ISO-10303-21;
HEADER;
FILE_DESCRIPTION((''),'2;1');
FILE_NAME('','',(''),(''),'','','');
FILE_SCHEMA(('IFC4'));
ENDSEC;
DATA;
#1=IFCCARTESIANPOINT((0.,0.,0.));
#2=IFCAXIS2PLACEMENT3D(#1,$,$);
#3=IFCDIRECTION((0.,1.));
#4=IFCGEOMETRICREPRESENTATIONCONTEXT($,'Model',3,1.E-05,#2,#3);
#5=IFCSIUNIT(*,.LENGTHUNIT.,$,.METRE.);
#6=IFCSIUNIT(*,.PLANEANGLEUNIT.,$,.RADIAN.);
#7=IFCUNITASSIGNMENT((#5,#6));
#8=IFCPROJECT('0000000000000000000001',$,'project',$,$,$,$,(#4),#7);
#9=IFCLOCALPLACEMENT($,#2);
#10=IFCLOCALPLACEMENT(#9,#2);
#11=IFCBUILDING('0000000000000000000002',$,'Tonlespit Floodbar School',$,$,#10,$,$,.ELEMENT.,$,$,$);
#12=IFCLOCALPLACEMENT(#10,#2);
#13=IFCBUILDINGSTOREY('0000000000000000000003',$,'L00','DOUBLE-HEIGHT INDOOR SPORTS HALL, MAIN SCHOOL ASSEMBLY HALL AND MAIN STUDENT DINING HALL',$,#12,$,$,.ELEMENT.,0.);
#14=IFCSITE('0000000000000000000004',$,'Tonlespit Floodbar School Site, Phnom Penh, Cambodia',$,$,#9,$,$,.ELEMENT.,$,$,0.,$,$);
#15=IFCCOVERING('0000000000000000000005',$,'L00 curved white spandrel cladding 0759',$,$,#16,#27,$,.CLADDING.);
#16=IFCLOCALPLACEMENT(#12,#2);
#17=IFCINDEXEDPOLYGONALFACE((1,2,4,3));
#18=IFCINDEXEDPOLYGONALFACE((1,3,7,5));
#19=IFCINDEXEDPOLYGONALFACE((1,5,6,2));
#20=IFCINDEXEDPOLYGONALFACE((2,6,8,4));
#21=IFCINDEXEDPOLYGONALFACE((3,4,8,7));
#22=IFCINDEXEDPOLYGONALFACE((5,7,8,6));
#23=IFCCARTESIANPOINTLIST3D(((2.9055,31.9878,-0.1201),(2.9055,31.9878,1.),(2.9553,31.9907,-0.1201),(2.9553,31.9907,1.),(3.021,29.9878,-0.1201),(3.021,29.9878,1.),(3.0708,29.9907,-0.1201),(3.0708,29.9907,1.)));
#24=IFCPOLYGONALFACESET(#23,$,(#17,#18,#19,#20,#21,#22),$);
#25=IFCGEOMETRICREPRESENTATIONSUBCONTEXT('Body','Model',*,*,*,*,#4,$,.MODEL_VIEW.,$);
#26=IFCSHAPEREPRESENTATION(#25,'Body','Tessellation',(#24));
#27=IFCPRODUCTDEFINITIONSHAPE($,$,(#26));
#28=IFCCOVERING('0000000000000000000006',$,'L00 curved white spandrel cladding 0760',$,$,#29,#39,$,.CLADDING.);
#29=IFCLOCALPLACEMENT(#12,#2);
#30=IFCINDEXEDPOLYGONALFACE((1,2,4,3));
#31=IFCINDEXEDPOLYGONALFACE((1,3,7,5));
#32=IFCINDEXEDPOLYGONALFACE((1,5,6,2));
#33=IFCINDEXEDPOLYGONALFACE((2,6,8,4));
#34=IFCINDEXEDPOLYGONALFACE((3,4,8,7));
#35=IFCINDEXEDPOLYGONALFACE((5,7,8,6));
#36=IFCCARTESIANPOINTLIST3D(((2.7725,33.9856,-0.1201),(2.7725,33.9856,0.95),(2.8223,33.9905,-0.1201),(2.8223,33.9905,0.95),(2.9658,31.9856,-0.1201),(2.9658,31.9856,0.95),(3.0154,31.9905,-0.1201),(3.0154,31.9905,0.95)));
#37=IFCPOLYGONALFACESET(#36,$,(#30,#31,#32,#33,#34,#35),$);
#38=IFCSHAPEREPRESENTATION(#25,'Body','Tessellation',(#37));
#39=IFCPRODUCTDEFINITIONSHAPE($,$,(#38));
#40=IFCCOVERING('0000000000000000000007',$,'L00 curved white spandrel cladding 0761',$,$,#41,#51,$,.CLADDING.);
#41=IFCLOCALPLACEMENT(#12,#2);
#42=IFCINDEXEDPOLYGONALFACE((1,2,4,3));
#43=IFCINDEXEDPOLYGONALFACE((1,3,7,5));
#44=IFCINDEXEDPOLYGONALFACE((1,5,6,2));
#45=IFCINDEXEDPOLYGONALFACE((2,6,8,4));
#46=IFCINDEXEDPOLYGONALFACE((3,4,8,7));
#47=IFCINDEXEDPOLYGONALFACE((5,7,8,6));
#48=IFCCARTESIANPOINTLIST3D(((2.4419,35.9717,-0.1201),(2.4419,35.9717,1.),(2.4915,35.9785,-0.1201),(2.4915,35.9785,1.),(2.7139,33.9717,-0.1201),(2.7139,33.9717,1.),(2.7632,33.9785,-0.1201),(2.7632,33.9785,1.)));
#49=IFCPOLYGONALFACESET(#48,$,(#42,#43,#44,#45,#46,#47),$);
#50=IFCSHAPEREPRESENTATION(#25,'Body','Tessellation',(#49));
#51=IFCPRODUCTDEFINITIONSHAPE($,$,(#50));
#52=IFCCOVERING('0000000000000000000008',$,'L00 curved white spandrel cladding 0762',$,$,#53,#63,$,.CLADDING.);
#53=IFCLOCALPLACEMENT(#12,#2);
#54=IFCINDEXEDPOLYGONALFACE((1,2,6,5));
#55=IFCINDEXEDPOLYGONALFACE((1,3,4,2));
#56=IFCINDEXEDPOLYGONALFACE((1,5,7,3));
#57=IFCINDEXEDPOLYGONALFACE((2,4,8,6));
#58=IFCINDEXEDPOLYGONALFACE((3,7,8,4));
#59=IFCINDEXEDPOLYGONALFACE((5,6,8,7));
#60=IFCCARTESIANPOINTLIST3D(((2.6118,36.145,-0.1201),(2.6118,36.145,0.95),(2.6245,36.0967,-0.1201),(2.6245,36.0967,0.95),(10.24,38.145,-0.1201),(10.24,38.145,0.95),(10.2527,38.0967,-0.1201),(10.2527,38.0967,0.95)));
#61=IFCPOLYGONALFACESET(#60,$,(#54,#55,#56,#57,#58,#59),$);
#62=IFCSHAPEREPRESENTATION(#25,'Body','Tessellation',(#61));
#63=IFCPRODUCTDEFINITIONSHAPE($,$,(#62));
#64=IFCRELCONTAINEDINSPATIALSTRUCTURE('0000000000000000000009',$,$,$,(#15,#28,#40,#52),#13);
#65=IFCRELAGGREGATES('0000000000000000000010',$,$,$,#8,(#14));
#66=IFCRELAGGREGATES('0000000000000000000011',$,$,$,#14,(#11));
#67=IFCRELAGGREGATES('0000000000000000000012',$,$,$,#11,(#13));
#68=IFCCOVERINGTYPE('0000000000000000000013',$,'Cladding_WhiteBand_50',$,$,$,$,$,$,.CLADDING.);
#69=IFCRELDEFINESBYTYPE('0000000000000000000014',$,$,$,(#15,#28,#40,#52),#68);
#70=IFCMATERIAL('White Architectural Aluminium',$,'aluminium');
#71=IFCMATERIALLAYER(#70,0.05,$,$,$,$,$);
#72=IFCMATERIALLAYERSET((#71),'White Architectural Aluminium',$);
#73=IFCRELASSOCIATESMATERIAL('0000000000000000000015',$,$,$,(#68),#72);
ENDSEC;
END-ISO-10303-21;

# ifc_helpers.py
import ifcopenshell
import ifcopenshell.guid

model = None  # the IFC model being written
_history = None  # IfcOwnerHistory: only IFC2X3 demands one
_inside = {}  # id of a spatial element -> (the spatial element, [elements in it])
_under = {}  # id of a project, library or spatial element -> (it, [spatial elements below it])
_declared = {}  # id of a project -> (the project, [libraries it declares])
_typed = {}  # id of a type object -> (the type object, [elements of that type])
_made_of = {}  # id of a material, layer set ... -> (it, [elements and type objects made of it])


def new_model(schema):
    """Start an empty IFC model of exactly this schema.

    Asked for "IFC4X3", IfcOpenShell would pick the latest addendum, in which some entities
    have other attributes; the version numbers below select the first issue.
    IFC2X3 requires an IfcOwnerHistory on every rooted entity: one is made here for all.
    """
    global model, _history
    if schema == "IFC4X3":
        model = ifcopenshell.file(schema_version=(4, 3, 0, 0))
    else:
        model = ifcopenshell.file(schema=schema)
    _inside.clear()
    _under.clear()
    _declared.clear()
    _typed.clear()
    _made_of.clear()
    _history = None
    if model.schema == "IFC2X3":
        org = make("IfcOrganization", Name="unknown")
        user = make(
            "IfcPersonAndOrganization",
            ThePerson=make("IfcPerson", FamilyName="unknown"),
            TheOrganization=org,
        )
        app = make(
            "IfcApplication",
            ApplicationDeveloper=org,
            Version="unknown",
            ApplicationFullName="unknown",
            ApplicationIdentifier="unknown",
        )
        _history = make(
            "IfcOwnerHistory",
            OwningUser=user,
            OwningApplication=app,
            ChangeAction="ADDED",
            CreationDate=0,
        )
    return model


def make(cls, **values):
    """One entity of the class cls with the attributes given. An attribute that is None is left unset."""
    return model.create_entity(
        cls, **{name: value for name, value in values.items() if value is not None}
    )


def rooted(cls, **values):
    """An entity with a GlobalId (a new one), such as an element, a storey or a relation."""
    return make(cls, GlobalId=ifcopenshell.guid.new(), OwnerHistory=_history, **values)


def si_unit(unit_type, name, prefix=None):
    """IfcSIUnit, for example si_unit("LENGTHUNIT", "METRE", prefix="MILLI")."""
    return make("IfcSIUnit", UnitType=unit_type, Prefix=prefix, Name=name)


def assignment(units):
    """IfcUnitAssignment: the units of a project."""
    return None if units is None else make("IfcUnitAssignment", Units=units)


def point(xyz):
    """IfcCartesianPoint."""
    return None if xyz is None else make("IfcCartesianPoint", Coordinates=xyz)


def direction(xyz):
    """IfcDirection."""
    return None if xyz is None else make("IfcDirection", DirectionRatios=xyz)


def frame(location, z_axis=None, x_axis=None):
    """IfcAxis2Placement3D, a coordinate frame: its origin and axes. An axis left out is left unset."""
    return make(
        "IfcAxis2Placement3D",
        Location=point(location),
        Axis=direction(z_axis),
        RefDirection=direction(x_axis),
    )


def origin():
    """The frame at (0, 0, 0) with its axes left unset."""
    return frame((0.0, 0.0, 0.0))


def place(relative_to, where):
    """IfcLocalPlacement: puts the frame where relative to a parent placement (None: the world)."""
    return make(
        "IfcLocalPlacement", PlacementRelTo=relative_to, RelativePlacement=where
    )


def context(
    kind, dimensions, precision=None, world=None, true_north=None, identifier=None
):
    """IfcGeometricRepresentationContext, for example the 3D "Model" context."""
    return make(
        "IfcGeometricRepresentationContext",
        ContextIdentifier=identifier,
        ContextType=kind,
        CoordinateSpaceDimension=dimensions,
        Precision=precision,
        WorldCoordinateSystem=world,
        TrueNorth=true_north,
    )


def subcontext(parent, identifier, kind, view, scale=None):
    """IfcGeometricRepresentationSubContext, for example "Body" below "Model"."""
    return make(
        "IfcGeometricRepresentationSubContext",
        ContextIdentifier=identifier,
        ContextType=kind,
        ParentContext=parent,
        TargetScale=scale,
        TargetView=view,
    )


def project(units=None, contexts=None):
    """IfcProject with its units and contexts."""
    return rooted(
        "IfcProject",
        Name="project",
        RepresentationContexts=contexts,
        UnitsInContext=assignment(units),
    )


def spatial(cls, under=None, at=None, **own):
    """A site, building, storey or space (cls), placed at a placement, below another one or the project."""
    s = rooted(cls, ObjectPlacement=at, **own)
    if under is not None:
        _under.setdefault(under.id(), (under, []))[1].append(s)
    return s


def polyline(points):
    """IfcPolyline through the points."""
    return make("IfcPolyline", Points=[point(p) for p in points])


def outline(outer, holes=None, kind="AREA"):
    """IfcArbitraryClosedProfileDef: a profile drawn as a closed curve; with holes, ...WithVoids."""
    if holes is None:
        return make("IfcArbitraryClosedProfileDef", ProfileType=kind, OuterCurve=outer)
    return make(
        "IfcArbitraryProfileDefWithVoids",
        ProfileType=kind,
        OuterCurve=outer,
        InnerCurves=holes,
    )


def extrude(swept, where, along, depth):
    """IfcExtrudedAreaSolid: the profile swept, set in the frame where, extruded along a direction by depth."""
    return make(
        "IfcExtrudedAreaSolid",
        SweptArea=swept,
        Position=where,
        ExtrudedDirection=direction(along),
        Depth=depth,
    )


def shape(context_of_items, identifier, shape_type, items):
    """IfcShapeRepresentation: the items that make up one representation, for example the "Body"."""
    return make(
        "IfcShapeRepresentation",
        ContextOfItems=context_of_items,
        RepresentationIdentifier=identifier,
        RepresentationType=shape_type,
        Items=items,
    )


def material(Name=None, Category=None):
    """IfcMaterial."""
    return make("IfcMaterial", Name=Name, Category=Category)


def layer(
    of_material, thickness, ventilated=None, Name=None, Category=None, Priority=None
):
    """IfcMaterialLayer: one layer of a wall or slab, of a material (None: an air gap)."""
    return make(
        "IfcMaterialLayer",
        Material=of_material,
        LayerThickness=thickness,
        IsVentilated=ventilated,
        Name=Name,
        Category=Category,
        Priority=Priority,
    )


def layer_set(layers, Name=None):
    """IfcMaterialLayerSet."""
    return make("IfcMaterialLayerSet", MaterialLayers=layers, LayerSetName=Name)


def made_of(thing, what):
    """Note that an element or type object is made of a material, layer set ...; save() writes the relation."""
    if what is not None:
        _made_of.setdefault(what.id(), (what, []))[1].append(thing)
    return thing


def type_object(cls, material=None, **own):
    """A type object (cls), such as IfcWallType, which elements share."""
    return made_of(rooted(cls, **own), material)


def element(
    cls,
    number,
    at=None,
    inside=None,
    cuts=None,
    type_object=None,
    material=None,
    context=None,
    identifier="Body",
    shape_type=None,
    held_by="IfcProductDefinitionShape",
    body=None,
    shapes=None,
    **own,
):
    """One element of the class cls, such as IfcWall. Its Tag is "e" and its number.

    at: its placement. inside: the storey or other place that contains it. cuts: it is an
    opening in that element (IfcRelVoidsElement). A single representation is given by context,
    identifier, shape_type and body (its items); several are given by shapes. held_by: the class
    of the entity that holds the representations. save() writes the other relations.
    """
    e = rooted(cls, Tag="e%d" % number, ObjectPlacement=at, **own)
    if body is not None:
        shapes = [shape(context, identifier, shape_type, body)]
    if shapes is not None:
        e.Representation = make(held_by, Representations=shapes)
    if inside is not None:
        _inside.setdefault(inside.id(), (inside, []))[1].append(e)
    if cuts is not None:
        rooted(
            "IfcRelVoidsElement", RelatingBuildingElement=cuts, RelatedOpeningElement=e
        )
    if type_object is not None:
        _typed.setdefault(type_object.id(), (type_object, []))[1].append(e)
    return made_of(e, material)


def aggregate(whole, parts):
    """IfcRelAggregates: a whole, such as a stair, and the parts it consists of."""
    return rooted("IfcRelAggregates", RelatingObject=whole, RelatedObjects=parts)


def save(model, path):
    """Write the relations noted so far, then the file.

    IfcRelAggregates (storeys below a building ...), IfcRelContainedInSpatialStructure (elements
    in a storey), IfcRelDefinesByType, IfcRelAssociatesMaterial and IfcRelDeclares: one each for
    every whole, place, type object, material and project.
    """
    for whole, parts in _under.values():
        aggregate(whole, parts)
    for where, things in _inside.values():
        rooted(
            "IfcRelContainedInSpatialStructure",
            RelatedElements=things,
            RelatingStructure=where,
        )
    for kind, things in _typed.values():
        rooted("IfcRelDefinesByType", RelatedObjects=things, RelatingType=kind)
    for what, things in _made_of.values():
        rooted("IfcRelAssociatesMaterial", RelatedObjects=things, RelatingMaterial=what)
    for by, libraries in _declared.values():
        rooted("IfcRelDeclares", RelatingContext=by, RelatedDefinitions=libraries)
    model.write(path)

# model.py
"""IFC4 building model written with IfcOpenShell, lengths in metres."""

from ifc_helpers import new_model, si_unit, direction, frame, origin, place, context, subcontext, project, spatial, polyline, outline, extrude, material, layer, layer_set, type_object, element, save


model = new_model("IFC4")

# Units and contexts
model_context = context("Model", 3, precision=1e-05, world=origin(), true_north=direction((0.0, 1.0)))
body_context = subcontext(model_context, "Body", "Model", "MODEL_VIEW")
ifc_project = project(units=[si_unit("LENGTHUNIT", "METRE"), si_unit("PLANEANGLEUNIT", "RADIAN")], contexts=[model_context])

# Site, building, storey
site_placement = place(None, origin())
site = spatial("IfcSite", under=ifc_project, at=site_placement, Name="Tonlespit Floodbar School Site, Phnom Penh, Cambodia", CompositionType="ELEMENT", RefElevation=0.0)
building_placement = place(site_placement, origin())
building = spatial("IfcBuilding", under=site, at=building_placement, Name="Tonlespit Floodbar School", CompositionType="ELEMENT")
storey_placement = place(building_placement, origin())
storey = spatial("IfcBuildingStorey", under=building, at=storey_placement, Name="L00", Description="DOUBLE-HEIGHT INDOOR SPORTS HALL, MAIN SCHOOL ASSEMBLY HALL AND MAIN STUDENT DINING HALL", CompositionType="ELEMENT", Elevation=0.0)

# Coverings
ifc_material_1 = material(Name="White Architectural Aluminium", Category="aluminium")
ifc_layer_1 = layer(ifc_material_1, 0.05)
ifc_layer_set_1 = layer_set([ifc_layer_1], Name="White Architectural Aluminium")
covering_type = type_object("IfcCoveringType", Name="Cladding_WhiteBand_50", PredefinedType="CLADDING", material=ifc_layer_set_1)
covering_1_placement = place(storey_placement, frame((0.0, 0.0, -0.1201)))
element("IfcCovering", 1, at=covering_1_placement, inside=storey, type_object=covering_type, Name="L00 curved white spandrel cladding 0759", PredefinedType="CLADDING", context=body_context, shape_type="SweptSolid", body=[
    extrude(outline(polyline([(3.0708, 29.9907), (2.9553, 31.9907), (2.9055, 31.9878), (3.021, 29.9878), (3.0708, 29.9907)])), origin(), (0.0, 0.0, 1.0), 1.1201),
])
covering_2_placement = place(storey_placement, frame((0.0, 0.0, -0.1201)))
element("IfcCovering", 2, at=covering_2_placement, inside=storey, type_object=covering_type, Name="L00 curved white spandrel cladding 0760", PredefinedType="CLADDING", context=body_context, shape_type="SweptSolid", body=[
    extrude(outline(polyline([(3.0154, 31.9905), (2.8223, 33.9905), (2.7725, 33.9856), (2.9658, 31.9856), (3.0154, 31.9905)])), origin(), (0.0, 0.0, 1.0), 1.0701),
])
covering_3_placement = place(storey_placement, frame((0.0, 0.0, -0.1201)))
element("IfcCovering", 3, at=covering_3_placement, inside=storey, type_object=covering_type, Name="L00 curved white spandrel cladding 0761", PredefinedType="CLADDING", context=body_context, shape_type="SweptSolid", body=[
    extrude(outline(polyline([(2.7632, 33.9785), (2.4915, 35.9785), (2.4419, 35.9717), (2.7139, 33.9717), (2.7632, 33.9785)])), origin(), (0.0, 0.0, 1.0), 1.1201),
])
covering_4_placement = place(storey_placement, frame((0.0, 0.0, -0.1201)))
element("IfcCovering", 4, at=covering_4_placement, inside=storey, type_object=covering_type, Name="L00 curved white spandrel cladding 0762", PredefinedType="CLADDING", context=body_context, shape_type="SweptSolid", body=[
    extrude(outline(polyline([(2.6245, 36.0967), (10.2527, 38.0967), (10.24, 38.145), (2.6118, 36.145), (2.6245, 36.0967)])), origin(), (0.0, 0.0, 1.0), 1.0701),
])

save(model, "model.ifc")
